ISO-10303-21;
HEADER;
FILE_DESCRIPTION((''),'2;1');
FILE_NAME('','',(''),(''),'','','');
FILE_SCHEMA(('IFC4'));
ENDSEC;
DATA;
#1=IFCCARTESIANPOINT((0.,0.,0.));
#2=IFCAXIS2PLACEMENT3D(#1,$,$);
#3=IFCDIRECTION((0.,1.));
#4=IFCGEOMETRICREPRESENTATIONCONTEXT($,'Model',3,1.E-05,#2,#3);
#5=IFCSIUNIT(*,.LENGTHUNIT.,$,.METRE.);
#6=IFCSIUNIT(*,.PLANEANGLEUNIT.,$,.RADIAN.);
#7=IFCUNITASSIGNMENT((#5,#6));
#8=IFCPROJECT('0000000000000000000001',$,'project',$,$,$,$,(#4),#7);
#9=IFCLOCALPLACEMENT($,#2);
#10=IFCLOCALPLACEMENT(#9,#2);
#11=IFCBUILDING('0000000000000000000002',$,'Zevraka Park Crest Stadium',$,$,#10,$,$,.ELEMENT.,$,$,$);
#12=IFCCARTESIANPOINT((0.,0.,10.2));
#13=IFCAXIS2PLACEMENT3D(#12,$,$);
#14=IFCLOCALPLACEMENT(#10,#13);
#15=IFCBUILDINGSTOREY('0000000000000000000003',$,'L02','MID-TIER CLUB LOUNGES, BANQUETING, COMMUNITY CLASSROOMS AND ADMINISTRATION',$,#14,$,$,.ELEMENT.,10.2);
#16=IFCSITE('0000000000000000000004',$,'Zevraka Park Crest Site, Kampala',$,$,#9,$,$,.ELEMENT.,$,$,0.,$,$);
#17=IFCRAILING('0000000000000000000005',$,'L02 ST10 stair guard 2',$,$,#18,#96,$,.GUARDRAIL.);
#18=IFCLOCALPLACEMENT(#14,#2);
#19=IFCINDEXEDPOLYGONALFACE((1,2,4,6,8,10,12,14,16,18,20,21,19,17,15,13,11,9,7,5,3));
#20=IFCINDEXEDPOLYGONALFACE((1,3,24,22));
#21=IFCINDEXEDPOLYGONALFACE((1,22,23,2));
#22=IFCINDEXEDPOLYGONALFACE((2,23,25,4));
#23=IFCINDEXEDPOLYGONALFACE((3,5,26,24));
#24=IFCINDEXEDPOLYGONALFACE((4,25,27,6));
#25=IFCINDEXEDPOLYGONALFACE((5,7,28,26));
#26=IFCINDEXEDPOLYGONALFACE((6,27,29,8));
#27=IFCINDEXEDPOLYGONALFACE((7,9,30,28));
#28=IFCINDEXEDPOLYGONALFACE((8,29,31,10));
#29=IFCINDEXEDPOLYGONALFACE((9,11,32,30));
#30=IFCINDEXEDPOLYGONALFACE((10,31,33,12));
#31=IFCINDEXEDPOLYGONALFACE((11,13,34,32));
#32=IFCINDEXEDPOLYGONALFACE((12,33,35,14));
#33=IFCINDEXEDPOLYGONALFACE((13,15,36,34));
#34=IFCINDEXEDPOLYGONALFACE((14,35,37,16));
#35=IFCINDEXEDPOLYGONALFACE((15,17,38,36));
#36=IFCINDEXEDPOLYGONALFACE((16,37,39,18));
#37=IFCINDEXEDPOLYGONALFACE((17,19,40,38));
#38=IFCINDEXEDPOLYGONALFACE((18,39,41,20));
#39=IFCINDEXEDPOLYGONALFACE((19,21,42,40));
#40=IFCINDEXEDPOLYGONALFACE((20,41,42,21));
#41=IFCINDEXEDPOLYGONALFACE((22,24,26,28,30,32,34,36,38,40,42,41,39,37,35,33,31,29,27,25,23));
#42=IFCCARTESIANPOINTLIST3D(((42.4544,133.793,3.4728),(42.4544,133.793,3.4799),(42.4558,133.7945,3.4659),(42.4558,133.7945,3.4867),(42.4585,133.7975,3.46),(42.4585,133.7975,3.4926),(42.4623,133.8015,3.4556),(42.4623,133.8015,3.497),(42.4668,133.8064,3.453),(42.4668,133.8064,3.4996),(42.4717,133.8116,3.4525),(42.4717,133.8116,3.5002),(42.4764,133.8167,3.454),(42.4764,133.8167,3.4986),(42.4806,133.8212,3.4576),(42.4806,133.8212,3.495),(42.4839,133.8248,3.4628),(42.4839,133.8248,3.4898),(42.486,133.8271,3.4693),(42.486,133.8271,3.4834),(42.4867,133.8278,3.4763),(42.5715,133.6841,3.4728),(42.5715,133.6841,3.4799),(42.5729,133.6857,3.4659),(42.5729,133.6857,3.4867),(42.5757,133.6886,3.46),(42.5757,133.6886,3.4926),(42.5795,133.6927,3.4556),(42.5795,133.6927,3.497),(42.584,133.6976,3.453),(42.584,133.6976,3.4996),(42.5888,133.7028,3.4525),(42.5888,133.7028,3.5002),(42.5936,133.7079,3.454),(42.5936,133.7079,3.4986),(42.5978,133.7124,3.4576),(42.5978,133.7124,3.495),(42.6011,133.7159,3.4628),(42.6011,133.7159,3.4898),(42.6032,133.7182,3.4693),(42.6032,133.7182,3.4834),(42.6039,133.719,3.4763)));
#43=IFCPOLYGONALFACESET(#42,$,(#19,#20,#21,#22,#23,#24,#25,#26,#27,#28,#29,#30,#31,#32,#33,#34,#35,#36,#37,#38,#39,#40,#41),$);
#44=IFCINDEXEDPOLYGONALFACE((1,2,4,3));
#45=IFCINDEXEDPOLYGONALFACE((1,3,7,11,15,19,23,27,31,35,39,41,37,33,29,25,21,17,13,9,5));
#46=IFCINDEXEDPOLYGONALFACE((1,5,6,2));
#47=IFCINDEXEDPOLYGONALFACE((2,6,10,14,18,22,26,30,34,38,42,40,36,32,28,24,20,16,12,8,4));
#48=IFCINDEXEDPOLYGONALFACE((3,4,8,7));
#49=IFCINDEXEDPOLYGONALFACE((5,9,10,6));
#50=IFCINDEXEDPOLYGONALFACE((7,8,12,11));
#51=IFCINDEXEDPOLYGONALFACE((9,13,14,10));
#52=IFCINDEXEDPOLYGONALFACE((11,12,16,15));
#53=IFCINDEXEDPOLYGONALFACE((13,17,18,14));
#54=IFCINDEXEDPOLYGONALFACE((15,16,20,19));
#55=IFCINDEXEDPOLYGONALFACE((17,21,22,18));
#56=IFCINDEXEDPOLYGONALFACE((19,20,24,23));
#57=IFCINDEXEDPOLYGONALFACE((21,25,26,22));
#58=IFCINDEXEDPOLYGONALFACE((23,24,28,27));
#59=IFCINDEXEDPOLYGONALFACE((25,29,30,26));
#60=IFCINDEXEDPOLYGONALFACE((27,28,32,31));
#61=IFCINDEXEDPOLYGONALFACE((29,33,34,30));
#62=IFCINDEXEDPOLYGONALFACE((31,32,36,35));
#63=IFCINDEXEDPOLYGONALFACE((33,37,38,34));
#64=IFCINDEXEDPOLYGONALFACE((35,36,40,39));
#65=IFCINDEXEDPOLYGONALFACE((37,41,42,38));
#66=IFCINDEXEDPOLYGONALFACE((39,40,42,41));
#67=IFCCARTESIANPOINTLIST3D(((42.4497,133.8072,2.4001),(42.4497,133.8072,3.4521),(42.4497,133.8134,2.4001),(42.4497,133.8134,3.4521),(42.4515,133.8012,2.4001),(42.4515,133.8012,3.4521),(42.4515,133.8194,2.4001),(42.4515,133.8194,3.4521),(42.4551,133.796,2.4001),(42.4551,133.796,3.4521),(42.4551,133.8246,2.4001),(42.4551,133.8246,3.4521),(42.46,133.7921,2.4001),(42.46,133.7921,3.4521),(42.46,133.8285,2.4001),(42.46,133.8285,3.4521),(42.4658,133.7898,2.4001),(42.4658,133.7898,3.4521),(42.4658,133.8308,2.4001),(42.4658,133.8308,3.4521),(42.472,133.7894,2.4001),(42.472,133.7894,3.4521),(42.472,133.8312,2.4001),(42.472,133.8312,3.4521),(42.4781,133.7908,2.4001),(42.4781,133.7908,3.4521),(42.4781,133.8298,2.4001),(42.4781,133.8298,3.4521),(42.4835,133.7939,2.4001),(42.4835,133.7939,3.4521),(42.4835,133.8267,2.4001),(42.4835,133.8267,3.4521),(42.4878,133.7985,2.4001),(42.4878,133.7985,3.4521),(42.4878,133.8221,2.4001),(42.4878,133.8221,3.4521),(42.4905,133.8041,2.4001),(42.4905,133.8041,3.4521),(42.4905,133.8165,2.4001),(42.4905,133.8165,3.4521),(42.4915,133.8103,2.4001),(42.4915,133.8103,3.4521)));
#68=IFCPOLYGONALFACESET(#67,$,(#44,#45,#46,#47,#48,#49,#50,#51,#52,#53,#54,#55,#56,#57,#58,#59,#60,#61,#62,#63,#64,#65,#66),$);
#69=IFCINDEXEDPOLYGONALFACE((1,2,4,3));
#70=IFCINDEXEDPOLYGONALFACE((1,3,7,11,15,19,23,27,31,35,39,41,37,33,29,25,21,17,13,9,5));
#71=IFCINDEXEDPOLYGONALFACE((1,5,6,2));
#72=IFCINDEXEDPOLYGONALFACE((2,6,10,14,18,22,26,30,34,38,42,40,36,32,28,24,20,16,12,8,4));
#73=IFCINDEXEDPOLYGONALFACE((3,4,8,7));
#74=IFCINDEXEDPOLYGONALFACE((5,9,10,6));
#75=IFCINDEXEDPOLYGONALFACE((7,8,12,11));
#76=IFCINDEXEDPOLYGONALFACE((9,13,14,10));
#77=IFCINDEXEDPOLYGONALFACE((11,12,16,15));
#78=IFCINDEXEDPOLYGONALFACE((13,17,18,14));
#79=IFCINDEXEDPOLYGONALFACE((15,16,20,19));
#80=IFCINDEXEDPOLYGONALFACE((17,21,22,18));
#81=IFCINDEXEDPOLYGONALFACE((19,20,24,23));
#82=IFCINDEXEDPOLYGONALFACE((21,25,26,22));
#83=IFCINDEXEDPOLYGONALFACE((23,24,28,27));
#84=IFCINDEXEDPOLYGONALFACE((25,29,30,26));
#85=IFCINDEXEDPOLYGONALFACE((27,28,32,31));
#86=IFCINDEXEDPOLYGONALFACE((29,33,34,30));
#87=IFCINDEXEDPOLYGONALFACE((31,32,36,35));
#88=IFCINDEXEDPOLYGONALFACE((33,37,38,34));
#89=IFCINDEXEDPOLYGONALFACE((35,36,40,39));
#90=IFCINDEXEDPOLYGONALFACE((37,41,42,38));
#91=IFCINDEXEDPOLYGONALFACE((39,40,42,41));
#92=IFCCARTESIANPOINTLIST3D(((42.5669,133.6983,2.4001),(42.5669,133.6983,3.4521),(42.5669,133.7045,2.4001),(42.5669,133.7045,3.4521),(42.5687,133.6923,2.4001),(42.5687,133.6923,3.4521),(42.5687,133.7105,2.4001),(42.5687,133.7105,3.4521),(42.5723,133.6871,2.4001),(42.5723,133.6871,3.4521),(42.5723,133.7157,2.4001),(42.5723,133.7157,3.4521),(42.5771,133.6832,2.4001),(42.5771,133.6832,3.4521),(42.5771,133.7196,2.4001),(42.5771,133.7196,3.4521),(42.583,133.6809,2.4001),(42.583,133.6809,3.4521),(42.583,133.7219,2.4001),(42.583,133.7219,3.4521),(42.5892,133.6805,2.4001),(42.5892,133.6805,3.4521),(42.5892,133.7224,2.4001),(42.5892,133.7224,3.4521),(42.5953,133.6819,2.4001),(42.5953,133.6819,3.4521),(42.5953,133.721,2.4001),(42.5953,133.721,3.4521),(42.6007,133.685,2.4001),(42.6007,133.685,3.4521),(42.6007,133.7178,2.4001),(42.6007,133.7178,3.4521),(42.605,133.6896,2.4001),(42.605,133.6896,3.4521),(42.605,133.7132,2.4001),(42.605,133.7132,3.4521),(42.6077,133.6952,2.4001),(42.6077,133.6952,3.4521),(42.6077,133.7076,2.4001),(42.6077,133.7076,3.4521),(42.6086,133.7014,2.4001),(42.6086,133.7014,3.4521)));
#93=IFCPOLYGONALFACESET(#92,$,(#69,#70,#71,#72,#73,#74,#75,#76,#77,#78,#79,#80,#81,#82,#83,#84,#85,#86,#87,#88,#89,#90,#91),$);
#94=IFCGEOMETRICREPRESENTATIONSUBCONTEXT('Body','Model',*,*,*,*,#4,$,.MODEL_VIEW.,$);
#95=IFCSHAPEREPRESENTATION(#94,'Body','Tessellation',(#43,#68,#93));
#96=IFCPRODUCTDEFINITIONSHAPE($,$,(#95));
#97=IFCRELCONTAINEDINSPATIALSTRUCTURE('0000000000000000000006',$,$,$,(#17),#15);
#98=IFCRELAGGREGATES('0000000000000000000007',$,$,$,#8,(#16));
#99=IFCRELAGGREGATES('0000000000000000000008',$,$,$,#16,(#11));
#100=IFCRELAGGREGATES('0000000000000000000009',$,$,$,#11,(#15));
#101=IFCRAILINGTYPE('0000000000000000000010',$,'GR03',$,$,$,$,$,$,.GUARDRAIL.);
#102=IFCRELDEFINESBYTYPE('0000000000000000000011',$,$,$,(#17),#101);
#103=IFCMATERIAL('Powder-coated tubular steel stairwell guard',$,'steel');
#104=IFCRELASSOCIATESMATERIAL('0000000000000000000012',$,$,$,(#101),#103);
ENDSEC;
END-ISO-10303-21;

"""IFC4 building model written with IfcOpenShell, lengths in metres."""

from ifc_helpers import new_model, si_unit, direction, frame, origin, origin_2d, place, context, subcontext, project, spatial, circle, extrude, material, type_object, element, save


model = new_model("IFC4")

# Units and contexts
model_context = context("Model", 3, precision=1e-05, world=origin(), true_north=direction((0.0, 1.0)))
body_context = subcontext(model_context, "Body", "Model", "MODEL_VIEW")
ifc_project = project(units=[si_unit("LENGTHUNIT", "METRE"), si_unit("PLANEANGLEUNIT", "RADIAN")], contexts=[model_context])

# Site, building, storey
site_placement = place(None, origin())
site = spatial("IfcSite", under=ifc_project, at=site_placement, Name="Zevraka Park Crest Site, Kampala", CompositionType="ELEMENT", RefElevation=0.0)
building_placement = place(site_placement, origin())
building = spatial("IfcBuilding", under=site, at=building_placement, Name="Zevraka Park Crest Stadium", CompositionType="ELEMENT")
storey_placement = place(building_placement, frame((0.0, 0.0, 10.2)))
storey = spatial("IfcBuildingStorey", under=building, at=storey_placement, Name="L02", Description="MID-TIER CLUB LOUNGES, BANQUETING, COMMUNITY CLASSROOMS AND ADMINISTRATION", CompositionType="ELEMENT", Elevation=10.2)

# Railing
ifc_material_1 = material(Name="Powder-coated tubular steel stairwell guard", Category="steel")
railing_type_1 = type_object("IfcRailingType", Name="GR03", PredefinedType="GUARDRAIL", material=ifc_material_1)
railing_1_placement = place(storey_placement, frame((42.4705, 133.8103, 2.4001)))
element("IfcRailing", 1, at=railing_1_placement, inside=storey, type_object=railing_type_1, Name="L02 ST10 stair guard 2", PredefinedType="GUARDRAIL", context=body_context, shape_type="SweptSolid", body=[
    extrude(circle(Radius=0.0239, at=origin_2d()), frame((0.0, 0.0, 1.0762), z_axis=(0.732576, -0.680685, 0.0), x_axis=(0.680685, 0.732576, 0.0)), (0.0, 0.0, 1.0), 0.1599),
    extrude(circle(Radius=0.021, at=origin_2d()), origin(), (0.0, 0.0, 1.0), 1.052),
    extrude(circle(Radius=0.021, at=origin_2d()), frame((0.1172, -0.1089, 0.0)), (0.0, 0.0, 1.0), 1.052),
])

save(model, "model.ifc")
